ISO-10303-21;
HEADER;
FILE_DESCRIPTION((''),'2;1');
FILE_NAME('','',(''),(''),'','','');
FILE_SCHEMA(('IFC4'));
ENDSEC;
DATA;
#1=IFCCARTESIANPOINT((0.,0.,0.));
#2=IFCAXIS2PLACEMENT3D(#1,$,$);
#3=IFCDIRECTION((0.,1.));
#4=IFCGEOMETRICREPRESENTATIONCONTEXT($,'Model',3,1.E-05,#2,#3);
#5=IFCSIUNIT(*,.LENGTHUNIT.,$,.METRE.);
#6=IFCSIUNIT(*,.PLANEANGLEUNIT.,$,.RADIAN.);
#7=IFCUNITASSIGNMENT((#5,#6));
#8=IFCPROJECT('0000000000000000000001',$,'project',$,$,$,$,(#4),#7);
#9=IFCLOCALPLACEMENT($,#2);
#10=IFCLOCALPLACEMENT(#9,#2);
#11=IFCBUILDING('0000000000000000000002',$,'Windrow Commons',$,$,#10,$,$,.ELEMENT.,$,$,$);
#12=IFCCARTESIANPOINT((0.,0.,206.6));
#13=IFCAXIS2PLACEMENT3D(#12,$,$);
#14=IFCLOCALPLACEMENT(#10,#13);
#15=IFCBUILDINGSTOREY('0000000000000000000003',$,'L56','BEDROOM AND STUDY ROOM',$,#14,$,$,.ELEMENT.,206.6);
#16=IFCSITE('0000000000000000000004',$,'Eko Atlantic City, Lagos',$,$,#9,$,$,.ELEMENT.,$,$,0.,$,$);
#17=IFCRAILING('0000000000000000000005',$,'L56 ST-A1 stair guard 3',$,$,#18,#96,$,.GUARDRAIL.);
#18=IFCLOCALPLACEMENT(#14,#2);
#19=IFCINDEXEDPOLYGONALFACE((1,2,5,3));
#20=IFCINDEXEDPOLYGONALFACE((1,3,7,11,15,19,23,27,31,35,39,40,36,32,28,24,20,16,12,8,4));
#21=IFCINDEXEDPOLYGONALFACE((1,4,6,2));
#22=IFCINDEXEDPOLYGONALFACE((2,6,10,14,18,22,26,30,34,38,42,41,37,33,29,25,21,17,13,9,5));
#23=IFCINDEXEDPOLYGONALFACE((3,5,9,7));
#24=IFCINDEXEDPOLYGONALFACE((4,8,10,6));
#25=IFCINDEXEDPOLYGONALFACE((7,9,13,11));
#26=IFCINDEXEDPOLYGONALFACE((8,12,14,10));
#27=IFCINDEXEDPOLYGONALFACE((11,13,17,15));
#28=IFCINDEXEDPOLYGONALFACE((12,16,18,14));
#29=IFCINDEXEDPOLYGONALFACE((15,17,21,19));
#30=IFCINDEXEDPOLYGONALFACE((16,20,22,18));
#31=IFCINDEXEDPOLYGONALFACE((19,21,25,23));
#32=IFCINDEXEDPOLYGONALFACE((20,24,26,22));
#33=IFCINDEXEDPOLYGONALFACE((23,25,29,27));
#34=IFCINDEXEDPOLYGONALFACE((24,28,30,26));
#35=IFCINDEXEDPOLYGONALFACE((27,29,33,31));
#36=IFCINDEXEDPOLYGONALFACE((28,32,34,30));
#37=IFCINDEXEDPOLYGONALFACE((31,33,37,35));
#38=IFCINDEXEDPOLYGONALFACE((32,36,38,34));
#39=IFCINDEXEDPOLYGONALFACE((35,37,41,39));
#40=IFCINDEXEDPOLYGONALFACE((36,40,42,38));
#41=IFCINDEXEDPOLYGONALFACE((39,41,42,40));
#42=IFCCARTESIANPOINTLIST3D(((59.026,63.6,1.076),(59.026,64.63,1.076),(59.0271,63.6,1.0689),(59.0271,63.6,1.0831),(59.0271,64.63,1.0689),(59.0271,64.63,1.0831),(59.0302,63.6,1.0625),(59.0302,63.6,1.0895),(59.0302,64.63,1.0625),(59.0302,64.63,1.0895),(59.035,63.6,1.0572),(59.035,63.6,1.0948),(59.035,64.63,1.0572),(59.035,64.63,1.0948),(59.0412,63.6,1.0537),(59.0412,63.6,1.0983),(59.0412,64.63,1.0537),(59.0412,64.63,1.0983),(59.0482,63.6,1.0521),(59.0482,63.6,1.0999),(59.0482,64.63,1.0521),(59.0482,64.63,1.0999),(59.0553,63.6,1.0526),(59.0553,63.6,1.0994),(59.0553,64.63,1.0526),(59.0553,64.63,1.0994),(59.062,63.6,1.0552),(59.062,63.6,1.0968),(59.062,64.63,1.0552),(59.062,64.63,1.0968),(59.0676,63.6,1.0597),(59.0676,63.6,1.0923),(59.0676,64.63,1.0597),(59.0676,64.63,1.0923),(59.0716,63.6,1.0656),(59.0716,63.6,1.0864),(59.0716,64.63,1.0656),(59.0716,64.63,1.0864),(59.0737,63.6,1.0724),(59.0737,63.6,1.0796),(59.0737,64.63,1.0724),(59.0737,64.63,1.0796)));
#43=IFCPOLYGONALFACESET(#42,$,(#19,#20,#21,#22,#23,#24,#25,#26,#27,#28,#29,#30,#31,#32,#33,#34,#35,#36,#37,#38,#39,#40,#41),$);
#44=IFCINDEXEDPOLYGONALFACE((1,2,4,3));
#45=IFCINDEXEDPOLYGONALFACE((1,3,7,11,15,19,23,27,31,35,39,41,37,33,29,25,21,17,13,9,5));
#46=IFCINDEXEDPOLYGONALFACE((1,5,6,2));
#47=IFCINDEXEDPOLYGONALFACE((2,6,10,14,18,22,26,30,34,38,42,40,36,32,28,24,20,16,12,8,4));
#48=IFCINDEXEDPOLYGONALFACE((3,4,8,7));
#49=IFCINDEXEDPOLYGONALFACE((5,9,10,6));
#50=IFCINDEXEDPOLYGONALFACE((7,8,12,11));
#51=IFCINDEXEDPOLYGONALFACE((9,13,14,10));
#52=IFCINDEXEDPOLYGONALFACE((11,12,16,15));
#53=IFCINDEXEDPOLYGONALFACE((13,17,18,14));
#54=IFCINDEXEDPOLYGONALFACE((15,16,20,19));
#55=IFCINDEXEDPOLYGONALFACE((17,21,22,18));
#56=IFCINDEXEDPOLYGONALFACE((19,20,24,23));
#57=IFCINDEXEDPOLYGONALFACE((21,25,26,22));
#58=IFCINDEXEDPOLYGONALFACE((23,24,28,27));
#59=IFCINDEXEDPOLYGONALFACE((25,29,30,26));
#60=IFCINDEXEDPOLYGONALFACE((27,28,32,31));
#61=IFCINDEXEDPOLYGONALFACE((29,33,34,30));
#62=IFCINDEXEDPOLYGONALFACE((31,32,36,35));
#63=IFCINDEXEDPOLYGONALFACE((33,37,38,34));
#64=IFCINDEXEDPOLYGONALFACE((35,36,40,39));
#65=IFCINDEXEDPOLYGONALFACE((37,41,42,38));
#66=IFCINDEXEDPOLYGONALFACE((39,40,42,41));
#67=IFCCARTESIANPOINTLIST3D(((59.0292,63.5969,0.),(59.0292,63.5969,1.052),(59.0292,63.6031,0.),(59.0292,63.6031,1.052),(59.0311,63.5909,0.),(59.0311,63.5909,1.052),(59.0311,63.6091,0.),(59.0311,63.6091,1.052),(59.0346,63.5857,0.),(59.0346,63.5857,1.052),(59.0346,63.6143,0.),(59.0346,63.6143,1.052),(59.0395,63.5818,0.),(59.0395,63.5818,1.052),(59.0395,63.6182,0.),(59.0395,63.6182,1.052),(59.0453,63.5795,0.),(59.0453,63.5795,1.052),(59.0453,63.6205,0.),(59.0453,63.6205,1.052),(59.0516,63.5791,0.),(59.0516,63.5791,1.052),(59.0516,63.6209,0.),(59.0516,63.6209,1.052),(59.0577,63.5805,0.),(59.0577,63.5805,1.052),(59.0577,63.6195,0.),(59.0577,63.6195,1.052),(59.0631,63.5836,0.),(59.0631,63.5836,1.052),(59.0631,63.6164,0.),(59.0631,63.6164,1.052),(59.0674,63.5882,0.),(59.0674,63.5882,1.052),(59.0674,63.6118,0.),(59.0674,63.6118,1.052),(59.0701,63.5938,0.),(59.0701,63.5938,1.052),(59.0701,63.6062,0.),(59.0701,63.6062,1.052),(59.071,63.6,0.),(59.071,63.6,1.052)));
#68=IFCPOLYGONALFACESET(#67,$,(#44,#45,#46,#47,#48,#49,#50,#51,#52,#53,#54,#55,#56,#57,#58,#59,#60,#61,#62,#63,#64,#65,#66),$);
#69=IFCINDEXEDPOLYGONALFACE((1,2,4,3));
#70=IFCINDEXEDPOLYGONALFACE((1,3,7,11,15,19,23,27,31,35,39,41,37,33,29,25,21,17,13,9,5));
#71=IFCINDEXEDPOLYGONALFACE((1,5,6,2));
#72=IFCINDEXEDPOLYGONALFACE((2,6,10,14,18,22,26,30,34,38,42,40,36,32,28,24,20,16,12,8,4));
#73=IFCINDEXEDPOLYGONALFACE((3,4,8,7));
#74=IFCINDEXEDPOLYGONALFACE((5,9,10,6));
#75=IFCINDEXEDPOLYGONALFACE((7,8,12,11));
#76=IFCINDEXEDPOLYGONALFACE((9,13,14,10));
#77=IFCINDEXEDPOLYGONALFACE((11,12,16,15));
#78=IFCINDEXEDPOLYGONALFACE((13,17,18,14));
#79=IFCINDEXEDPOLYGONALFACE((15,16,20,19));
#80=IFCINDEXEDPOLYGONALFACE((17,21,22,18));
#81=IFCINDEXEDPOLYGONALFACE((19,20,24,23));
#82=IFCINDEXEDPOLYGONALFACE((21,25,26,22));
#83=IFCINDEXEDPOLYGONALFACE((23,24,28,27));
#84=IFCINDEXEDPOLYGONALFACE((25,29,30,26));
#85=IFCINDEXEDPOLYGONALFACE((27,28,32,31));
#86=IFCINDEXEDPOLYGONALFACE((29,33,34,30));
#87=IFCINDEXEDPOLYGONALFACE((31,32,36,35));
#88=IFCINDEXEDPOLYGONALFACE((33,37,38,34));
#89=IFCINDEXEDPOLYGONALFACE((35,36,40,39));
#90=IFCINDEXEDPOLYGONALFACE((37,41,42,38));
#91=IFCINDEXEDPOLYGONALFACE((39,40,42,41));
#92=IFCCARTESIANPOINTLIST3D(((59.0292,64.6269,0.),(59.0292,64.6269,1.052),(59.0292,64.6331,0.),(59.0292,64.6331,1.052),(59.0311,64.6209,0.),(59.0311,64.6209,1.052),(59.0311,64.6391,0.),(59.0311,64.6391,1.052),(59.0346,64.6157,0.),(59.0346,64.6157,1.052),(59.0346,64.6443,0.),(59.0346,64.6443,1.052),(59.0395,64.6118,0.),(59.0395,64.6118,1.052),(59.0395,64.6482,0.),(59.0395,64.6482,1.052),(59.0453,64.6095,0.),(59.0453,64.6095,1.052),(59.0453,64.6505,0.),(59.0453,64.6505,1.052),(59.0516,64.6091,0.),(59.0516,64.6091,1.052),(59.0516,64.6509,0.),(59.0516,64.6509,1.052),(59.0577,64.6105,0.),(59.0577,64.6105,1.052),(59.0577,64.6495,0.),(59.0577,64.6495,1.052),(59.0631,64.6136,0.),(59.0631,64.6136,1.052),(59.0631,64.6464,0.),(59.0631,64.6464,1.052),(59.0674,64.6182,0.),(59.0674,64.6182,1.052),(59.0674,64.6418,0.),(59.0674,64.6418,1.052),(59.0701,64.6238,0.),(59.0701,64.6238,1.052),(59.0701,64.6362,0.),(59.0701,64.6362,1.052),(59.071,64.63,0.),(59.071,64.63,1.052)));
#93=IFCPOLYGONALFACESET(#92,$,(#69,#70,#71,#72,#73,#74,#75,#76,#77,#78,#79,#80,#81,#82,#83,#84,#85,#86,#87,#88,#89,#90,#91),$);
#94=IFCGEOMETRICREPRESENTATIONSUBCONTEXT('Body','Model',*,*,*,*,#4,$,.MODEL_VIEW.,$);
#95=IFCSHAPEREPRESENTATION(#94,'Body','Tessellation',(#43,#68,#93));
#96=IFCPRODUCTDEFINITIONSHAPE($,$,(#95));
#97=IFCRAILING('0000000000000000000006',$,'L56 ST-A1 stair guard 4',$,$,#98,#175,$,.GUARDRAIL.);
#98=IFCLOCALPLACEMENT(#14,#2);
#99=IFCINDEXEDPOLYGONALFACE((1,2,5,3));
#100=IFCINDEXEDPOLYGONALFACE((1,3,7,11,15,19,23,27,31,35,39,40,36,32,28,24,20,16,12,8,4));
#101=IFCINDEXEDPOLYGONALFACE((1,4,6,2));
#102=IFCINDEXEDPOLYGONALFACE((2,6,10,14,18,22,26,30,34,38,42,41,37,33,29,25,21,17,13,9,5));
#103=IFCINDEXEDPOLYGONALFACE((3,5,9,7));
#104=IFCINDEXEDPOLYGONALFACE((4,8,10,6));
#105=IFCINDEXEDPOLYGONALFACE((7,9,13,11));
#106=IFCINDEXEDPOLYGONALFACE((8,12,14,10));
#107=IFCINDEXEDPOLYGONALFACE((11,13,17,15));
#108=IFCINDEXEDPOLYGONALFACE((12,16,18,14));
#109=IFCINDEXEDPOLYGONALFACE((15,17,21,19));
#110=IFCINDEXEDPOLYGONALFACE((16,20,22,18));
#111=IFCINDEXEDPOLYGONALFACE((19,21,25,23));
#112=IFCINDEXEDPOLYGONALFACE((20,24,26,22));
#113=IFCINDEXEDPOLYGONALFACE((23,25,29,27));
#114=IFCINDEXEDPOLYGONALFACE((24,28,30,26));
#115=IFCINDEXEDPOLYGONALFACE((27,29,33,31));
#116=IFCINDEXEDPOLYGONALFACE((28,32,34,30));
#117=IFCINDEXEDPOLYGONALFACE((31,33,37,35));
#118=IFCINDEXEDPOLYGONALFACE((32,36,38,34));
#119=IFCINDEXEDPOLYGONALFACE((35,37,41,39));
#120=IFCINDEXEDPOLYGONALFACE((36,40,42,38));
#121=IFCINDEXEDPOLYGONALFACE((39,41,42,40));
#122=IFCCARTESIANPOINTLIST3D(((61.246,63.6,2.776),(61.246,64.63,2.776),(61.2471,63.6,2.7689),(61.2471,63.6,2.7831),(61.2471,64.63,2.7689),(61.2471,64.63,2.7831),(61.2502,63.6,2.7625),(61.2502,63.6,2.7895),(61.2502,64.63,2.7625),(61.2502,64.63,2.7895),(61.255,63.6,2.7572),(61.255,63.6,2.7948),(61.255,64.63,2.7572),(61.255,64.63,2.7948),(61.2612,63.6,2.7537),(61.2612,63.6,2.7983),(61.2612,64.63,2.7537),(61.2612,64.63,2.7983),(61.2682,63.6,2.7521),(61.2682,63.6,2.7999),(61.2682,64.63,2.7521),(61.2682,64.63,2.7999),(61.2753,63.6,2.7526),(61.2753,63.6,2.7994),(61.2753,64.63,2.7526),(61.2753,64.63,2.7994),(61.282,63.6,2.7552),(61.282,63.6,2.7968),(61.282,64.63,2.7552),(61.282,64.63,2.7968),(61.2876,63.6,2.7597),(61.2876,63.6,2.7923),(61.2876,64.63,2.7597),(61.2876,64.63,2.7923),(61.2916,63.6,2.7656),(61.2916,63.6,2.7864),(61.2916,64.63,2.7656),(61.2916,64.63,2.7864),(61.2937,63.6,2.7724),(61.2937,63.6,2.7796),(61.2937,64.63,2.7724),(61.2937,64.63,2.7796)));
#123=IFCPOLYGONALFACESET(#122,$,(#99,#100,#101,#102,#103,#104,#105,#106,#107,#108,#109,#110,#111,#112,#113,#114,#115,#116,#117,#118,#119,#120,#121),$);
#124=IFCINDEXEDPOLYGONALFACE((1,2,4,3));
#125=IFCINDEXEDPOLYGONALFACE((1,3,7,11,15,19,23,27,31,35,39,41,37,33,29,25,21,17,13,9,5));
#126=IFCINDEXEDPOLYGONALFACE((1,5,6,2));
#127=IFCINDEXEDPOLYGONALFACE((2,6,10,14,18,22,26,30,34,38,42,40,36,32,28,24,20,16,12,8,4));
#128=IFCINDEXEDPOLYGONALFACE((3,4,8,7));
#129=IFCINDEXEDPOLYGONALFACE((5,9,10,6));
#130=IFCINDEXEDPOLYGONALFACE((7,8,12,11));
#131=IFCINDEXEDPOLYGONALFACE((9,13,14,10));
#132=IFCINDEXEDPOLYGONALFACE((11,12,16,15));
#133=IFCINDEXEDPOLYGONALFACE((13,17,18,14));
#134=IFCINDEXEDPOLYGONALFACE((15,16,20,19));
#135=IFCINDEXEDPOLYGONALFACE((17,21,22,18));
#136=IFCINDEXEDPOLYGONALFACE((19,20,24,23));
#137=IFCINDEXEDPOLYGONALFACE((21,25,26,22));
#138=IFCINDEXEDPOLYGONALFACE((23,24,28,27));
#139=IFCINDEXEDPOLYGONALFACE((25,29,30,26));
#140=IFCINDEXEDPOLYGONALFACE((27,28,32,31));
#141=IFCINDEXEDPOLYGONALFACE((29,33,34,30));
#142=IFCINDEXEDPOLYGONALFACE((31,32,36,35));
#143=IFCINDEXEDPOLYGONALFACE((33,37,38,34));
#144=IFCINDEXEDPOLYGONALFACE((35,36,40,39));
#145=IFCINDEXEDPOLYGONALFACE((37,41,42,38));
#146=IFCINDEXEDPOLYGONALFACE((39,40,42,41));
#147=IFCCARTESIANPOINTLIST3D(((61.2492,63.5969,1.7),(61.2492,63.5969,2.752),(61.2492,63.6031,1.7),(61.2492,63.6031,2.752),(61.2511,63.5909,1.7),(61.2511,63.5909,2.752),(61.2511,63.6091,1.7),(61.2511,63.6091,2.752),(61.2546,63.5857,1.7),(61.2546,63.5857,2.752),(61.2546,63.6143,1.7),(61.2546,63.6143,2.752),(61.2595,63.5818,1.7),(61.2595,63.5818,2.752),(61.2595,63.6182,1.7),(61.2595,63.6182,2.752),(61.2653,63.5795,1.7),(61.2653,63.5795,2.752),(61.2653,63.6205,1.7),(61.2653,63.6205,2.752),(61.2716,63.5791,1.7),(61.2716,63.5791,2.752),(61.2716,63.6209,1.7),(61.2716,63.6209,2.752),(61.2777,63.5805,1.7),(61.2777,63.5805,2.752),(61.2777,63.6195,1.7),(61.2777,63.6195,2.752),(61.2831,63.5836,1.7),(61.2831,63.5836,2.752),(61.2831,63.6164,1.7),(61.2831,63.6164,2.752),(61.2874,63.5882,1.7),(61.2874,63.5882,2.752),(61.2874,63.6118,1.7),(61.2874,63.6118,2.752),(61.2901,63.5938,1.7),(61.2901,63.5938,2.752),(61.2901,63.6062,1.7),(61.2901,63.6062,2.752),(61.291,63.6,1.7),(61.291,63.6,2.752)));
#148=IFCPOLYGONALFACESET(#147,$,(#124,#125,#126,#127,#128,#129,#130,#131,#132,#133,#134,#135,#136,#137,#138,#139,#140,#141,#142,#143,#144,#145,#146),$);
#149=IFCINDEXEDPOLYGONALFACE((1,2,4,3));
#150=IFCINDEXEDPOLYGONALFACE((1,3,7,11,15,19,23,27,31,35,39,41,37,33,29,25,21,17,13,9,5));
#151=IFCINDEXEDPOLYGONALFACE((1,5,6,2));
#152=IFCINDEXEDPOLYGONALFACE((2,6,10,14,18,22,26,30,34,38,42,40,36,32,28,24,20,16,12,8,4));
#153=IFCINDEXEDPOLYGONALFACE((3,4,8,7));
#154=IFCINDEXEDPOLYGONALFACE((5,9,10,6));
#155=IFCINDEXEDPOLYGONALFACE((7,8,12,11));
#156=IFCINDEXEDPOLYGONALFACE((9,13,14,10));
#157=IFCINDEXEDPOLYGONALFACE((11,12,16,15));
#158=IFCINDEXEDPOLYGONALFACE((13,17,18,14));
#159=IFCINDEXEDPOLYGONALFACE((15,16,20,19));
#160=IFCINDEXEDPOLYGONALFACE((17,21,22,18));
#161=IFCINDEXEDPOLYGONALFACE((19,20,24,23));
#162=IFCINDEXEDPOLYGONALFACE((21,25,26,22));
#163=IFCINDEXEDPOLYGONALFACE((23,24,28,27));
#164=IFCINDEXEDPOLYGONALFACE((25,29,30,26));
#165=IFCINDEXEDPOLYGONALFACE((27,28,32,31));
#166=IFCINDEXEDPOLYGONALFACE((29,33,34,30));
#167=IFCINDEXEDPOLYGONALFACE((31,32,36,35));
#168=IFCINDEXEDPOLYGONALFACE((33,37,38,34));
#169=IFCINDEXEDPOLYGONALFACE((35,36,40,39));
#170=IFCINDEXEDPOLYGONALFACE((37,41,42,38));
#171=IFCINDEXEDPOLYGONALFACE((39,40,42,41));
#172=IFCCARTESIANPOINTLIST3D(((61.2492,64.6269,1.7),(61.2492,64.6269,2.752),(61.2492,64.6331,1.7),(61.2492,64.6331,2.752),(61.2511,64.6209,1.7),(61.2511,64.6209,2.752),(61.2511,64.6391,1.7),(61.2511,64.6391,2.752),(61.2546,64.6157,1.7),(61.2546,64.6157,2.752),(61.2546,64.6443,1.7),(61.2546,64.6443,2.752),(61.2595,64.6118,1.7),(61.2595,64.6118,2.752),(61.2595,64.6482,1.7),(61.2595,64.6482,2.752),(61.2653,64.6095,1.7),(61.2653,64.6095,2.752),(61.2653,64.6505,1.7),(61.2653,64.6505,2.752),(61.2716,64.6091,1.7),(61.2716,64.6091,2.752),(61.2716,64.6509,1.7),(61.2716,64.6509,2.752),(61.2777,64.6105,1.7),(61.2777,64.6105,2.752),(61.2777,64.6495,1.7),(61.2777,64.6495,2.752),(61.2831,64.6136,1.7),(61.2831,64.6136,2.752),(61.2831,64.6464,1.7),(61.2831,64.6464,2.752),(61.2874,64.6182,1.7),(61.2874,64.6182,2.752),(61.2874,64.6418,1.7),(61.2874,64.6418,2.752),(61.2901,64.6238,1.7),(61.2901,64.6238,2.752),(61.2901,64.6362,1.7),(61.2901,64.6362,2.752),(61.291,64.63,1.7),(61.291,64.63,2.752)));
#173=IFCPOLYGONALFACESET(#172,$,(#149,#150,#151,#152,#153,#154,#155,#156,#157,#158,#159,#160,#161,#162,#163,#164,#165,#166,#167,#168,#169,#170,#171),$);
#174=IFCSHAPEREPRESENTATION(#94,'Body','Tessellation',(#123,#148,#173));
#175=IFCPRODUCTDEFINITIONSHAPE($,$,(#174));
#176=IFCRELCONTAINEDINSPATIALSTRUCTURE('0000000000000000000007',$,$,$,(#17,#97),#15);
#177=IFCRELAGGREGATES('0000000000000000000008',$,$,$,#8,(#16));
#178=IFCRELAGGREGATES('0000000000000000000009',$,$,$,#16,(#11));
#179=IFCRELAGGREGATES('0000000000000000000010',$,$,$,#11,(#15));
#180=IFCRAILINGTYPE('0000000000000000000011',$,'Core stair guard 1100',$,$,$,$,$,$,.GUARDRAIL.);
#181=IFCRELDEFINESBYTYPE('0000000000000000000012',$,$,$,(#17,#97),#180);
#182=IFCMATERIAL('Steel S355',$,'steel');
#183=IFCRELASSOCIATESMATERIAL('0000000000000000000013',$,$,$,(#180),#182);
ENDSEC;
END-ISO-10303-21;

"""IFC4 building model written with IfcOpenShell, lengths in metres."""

from ifc_helpers import new_model, si_unit, direction, frame, origin, origin_2d, place, context, subcontext, project, spatial, circle, extrude, material, type_object, element, save


model = new_model("IFC4")

# Units and contexts
model_context = context("Model", 3, precision=1e-05, world=origin(), true_north=direction((0.0, 1.0)))
body_context = subcontext(model_context, "Body", "Model", "MODEL_VIEW")
ifc_project = project(units=[si_unit("LENGTHUNIT", "METRE"), si_unit("PLANEANGLEUNIT", "RADIAN")], contexts=[model_context])

# Site, building, storey
site_placement = place(None, origin())
site = spatial("IfcSite", under=ifc_project, at=site_placement, Name="Eko Atlantic City, Lagos", CompositionType="ELEMENT", RefElevation=0.0)
building_placement = place(site_placement, origin())
building = spatial("IfcBuilding", under=site, at=building_placement, Name="Windrow Commons", CompositionType="ELEMENT")
storey_placement = place(building_placement, frame((0.0, 0.0, 206.6)))
storey = spatial("IfcBuildingStorey", under=building, at=storey_placement, Name="L56", Description="BEDROOM AND STUDY ROOM", CompositionType="ELEMENT", Elevation=206.6)

# Railings
ifc_material_1 = material(Name="Steel S355", Category="steel")
railing_type_1 = type_object("IfcRailingType", Name="Core stair guard 1100", PredefinedType="GUARDRAIL", material=ifc_material_1)
for number, where, name in (
    (1, (59.05, 63.6, 0.0), "L56 ST-A1 stair guard 3"),
    (2, (61.27, 63.6, 1.7), "L56 ST-A1 stair guard 4"),
):
    element("IfcRailing", number, at=place(storey_placement, frame(where)), inside=storey, type_object=railing_type_1, Name=name, PredefinedType="GUARDRAIL", context=body_context, shape_type="SweptSolid", body=[
        extrude(circle(Radius=0.024, at=origin_2d()), frame((0.0, 0.0, 1.076), z_axis=(0.0, 1.0, 0.0), x_axis=(-1.0, 0.0, 0.0)), (0.0, 0.0, 1.0), 1.03),
        extrude(circle(Radius=0.021, at=origin_2d()), origin(), (0.0, 0.0, 1.0), 1.052),
        extrude(circle(Radius=0.021, at=origin_2d()), frame((0.0, 1.03, 0.0)), (0.0, 0.0, 1.0), 1.052),
    ])

save(model, "model.ifc")
